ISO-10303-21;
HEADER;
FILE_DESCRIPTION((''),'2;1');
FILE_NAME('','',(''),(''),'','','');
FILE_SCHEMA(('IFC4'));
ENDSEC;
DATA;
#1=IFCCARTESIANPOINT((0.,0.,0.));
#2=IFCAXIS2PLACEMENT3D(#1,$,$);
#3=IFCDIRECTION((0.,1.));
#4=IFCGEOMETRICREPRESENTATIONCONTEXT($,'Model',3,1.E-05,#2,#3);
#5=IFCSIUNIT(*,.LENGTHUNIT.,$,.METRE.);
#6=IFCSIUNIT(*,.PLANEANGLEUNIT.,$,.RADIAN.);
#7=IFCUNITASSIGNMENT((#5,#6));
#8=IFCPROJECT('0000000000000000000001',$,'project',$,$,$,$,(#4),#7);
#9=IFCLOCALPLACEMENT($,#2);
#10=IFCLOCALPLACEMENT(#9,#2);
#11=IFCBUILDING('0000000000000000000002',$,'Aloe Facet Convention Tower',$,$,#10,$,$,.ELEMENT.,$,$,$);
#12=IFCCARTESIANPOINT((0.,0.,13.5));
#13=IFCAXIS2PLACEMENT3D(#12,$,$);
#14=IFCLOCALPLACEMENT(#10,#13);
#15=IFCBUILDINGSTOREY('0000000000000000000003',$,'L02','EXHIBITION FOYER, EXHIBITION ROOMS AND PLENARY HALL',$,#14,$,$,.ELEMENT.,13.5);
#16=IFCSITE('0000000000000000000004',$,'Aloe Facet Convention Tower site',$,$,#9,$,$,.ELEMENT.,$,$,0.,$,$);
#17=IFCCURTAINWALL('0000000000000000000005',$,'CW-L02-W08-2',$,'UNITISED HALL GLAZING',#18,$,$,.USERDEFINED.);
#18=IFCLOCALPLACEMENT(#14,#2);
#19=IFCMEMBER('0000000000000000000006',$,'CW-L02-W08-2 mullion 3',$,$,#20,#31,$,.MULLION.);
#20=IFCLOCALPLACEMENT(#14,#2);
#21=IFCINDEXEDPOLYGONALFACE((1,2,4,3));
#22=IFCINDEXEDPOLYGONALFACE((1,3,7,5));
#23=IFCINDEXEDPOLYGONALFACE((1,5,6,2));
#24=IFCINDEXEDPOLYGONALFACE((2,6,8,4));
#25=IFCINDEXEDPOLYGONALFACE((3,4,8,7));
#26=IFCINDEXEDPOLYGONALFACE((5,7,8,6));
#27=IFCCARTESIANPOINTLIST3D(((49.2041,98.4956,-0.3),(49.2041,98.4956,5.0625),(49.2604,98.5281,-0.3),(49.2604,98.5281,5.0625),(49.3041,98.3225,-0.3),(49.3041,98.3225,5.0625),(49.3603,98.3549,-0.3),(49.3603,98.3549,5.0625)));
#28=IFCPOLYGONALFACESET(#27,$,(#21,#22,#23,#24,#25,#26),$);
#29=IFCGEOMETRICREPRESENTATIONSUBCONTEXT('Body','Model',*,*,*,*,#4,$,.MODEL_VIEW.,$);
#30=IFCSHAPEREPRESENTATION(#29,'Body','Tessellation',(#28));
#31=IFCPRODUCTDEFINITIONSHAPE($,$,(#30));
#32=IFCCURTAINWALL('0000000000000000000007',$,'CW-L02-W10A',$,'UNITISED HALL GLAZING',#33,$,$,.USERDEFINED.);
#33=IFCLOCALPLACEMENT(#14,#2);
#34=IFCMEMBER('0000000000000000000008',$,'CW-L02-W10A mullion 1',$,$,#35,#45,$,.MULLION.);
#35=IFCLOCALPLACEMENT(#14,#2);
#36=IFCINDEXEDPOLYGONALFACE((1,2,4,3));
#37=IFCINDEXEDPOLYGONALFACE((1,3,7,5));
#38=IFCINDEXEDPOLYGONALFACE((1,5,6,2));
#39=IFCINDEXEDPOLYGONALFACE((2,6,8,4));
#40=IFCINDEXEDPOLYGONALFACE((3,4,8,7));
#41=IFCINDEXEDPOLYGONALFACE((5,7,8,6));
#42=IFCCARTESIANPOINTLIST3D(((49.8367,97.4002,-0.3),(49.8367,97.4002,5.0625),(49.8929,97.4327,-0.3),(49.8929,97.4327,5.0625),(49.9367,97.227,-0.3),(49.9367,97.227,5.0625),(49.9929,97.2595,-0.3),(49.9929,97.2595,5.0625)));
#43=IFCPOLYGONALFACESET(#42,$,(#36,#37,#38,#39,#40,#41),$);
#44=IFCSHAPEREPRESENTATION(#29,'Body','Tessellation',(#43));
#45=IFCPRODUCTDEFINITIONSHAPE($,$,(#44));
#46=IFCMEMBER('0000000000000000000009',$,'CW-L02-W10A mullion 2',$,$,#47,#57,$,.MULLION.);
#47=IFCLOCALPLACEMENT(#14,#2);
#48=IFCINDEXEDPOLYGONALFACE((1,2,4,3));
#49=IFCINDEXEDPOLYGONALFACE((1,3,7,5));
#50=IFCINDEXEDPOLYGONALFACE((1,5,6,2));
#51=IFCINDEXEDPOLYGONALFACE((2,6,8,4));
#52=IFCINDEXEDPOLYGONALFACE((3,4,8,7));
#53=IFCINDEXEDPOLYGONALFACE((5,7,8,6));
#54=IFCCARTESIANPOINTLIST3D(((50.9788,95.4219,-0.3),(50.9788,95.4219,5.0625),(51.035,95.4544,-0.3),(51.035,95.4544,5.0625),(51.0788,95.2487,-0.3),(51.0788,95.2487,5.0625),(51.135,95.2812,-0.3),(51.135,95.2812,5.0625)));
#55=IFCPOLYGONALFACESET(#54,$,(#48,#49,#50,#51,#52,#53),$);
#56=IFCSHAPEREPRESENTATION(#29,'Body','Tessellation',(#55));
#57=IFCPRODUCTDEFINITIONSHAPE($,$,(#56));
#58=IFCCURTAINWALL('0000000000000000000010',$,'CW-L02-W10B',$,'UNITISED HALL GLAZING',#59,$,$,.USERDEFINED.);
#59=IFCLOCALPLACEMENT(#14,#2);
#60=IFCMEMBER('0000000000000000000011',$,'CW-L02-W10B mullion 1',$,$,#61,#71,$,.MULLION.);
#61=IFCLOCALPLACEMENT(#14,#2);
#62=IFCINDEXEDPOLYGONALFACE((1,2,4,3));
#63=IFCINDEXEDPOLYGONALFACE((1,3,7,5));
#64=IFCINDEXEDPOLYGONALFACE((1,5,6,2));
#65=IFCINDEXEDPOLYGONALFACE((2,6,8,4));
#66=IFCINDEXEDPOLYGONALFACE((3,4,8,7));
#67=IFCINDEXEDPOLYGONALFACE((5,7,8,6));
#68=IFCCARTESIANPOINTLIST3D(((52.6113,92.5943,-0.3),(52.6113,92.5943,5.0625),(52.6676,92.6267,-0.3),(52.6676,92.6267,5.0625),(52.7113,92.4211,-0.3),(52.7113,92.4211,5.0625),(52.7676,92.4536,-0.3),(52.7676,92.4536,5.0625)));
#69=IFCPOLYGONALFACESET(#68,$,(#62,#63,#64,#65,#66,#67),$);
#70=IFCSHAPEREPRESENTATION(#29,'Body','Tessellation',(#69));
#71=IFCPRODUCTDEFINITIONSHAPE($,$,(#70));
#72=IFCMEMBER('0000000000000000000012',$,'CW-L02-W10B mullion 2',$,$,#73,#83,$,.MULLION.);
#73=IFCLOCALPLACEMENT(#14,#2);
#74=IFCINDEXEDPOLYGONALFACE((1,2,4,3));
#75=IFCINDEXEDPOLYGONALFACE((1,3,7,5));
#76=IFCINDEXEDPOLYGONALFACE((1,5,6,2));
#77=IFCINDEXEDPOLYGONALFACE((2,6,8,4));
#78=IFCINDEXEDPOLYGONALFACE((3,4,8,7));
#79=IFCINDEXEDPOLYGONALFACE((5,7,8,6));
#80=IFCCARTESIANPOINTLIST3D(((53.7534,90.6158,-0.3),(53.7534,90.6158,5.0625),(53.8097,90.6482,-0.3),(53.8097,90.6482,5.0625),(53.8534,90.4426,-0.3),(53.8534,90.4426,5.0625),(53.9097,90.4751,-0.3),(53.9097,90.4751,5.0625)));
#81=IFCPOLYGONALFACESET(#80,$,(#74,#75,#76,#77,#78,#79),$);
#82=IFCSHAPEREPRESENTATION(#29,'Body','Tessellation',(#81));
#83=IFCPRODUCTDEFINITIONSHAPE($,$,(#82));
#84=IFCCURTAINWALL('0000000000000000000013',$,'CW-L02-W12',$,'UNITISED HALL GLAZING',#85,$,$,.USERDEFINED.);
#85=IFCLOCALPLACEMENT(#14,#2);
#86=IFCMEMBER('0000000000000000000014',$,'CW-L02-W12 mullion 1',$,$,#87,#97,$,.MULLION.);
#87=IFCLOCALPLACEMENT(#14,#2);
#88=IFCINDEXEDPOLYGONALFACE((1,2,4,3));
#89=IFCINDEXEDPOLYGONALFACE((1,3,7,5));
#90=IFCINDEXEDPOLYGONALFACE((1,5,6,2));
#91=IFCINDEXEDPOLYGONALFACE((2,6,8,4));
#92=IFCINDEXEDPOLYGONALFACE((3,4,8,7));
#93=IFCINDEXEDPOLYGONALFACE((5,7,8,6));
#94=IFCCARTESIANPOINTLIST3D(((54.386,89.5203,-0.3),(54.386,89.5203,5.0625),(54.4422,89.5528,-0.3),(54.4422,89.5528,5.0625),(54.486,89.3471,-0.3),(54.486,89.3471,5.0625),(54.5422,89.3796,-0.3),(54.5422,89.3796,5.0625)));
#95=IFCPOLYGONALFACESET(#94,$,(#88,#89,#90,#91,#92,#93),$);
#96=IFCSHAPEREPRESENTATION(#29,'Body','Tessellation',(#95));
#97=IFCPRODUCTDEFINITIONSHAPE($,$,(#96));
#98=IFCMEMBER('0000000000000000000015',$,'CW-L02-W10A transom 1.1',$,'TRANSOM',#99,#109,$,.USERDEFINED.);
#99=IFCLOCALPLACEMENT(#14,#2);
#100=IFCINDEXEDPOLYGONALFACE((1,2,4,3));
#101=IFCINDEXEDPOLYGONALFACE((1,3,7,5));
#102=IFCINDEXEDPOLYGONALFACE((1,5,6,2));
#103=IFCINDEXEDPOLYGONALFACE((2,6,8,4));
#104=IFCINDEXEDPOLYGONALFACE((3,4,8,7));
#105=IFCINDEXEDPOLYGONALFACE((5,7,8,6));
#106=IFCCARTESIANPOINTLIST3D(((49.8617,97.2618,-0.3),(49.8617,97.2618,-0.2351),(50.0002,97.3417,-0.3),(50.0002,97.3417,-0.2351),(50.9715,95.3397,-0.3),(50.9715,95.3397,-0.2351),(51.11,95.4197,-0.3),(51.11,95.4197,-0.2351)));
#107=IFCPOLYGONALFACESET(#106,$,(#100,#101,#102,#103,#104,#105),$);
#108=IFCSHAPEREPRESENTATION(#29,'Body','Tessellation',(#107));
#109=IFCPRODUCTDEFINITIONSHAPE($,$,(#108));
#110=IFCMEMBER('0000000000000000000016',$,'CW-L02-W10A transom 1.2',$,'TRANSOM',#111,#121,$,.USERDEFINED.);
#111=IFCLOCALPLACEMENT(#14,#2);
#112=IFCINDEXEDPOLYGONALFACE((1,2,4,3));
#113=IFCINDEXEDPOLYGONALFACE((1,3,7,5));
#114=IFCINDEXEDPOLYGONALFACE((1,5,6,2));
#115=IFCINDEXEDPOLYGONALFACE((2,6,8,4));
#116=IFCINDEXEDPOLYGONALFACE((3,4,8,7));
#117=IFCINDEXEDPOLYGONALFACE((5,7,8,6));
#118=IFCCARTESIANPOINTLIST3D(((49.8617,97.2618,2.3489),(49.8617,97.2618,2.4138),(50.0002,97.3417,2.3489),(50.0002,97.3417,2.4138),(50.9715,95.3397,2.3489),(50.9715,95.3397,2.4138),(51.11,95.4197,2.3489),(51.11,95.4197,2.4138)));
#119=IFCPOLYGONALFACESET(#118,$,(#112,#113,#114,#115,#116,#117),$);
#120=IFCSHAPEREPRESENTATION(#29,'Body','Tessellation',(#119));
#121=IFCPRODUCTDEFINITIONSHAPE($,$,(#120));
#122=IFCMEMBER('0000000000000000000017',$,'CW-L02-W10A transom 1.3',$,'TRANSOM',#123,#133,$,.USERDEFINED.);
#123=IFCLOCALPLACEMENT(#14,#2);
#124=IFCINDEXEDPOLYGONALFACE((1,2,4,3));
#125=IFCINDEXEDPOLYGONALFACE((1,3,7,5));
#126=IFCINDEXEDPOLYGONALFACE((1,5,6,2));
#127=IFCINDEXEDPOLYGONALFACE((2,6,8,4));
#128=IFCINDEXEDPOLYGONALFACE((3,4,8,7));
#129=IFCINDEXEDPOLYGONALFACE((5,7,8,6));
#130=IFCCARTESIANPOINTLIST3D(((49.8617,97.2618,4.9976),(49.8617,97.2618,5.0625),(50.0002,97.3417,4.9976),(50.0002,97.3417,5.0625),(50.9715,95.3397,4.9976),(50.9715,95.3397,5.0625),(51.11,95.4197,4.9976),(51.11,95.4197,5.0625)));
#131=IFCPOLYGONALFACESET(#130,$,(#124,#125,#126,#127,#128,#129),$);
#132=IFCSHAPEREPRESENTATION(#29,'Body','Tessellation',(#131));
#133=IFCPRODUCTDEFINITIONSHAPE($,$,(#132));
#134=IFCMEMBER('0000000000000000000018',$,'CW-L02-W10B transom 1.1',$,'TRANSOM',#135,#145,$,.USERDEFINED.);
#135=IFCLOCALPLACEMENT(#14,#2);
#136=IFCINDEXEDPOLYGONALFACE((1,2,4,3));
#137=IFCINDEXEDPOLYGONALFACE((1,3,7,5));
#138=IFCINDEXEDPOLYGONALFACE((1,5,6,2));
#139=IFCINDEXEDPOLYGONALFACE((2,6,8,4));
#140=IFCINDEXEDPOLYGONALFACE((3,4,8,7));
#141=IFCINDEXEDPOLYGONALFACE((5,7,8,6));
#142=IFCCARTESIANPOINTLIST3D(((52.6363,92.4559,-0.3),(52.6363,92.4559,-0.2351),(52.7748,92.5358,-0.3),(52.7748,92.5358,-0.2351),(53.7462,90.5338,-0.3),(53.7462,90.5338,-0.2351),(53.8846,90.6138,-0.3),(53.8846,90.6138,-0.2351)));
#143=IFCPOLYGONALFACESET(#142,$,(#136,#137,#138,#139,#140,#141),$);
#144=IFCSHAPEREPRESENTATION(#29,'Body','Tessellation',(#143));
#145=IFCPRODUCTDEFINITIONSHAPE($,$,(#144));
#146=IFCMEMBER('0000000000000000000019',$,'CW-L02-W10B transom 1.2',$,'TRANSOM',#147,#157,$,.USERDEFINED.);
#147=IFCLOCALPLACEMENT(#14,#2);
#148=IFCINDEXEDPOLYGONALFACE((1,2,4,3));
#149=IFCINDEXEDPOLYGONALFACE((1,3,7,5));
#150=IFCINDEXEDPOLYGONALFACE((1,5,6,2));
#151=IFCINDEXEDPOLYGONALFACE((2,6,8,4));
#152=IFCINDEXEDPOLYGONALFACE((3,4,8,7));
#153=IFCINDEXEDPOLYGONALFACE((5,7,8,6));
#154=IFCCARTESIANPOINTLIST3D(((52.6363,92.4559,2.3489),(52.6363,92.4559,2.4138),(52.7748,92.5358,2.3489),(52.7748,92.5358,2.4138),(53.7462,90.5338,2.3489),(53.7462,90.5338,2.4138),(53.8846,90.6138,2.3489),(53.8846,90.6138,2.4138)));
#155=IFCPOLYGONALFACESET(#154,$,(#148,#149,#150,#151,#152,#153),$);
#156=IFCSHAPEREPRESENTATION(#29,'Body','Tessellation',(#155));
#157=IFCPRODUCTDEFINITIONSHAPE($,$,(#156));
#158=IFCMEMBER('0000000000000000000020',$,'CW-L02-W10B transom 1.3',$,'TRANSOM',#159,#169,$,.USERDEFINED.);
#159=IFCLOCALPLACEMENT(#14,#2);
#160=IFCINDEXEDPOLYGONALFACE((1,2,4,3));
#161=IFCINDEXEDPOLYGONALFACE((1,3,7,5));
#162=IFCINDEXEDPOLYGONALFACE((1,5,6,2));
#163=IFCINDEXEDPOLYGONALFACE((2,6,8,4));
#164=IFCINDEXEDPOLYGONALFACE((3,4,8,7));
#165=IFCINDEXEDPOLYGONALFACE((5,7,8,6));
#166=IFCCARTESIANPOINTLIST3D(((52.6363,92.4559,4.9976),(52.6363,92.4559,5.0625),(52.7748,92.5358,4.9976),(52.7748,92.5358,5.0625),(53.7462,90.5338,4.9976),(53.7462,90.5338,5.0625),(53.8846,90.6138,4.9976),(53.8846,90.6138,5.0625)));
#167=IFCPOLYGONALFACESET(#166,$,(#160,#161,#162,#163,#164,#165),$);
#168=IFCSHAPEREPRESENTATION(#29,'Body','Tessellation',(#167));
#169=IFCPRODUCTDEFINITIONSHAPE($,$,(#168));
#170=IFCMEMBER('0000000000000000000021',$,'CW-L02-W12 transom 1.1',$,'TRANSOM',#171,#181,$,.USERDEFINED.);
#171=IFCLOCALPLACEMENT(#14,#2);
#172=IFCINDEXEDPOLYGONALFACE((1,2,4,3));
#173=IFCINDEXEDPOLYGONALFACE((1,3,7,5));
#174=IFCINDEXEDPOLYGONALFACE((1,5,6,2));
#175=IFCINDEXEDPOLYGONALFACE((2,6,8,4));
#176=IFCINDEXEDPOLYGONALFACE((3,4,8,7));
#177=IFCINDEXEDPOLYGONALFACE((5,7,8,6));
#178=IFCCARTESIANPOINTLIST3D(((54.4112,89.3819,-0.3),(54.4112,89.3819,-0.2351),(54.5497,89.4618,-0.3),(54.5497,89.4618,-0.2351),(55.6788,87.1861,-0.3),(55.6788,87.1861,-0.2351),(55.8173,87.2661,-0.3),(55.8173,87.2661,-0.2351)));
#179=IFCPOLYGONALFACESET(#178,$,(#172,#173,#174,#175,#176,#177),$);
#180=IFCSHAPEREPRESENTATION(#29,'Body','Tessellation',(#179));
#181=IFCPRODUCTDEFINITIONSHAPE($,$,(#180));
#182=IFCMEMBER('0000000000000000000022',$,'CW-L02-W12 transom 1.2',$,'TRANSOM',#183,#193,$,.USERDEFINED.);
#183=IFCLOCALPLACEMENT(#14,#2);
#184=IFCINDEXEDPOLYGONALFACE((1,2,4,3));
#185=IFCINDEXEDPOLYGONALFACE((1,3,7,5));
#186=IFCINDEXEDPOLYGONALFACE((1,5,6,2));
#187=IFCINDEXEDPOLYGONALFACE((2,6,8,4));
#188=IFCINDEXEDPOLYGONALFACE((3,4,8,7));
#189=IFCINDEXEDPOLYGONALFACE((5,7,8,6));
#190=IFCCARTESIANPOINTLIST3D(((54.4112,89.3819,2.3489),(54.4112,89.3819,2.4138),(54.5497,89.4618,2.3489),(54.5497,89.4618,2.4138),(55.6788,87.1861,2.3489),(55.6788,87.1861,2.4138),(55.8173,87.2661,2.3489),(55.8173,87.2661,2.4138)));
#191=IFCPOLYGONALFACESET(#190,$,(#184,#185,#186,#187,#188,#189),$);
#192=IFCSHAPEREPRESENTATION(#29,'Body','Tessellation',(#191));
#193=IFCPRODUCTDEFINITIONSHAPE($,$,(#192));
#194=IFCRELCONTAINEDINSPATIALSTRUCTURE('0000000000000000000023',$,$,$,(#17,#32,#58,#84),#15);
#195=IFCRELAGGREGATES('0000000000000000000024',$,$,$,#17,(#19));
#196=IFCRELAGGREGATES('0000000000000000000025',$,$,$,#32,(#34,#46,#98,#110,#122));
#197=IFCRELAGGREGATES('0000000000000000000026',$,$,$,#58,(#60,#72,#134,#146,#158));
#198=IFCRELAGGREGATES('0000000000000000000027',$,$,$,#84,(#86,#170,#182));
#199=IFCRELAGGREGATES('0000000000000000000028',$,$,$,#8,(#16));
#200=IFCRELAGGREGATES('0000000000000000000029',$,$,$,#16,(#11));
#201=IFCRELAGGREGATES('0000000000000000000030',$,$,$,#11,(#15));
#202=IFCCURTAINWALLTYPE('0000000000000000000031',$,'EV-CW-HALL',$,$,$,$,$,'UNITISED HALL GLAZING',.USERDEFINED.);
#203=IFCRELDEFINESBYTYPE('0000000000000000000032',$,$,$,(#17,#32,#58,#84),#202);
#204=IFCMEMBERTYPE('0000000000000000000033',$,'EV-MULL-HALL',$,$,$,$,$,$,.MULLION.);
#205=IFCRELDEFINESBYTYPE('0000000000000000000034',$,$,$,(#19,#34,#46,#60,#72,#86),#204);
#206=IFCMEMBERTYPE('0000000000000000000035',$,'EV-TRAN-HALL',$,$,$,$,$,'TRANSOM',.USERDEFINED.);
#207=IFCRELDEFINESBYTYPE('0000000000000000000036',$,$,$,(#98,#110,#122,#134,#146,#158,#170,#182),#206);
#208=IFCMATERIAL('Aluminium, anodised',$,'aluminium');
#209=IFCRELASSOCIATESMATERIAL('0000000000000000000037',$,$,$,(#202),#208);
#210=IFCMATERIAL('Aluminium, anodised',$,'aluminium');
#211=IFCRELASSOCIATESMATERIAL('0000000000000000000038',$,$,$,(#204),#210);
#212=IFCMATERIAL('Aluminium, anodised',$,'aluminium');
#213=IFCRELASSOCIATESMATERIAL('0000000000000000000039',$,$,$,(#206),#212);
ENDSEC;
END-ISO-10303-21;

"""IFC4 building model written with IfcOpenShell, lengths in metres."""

from ifc_helpers import new_model, si_unit, direction, frame, origin, origin_2d, place, context, subcontext, project, spatial, rectangle, extrude, material, material_profile, profile_set, type_object, element, aggregate, save


model = new_model("IFC4")

# Units and contexts
model_context = context("Model", 3, precision=1e-05, world=origin(), true_north=direction((0.0, 1.0)))
body_context = subcontext(model_context, "Body", "Model", "MODEL_VIEW")
ifc_project = project(units=[si_unit("LENGTHUNIT", "METRE"), si_unit("PLANEANGLEUNIT", "RADIAN")], contexts=[model_context])

# Site, building, storey
site_placement = place(None, origin())
site = spatial("IfcSite", under=ifc_project, at=site_placement, Name="Aloe Facet Convention Tower site", CompositionType="ELEMENT", RefElevation=0.0)
building_placement = place(site_placement, origin())
building = spatial("IfcBuilding", under=site, at=building_placement, Name="Aloe Facet Convention Tower", CompositionType="ELEMENT")
storey_placement = place(building_placement, frame((0.0, 0.0, 13.5)))
storey = spatial("IfcBuildingStorey", under=building, at=storey_placement, Name="L02", Description="EXHIBITION FOYER, EXHIBITION ROOMS AND PLENARY HALL", CompositionType="ELEMENT", Elevation=13.5)

# Curtain wall, member
ifc_material_1 = material(Name="Aluminium, anodised", Category="aluminium")
curtain_wall_type = type_object("IfcCurtainWallType", Name="EV-CW-HALL", ElementType="UNITISED HALL GLAZING", PredefinedType="USERDEFINED", material=ifc_material_1)
curtain_wall_1_placement = place(storey_placement, origin())
curtain_wall_1 = element("IfcCurtainWall", 1, at=curtain_wall_1_placement, inside=storey, type_object=curtain_wall_type, Name="CW-L02-W08-2", ObjectType="UNITISED HALL GLAZING", PredefinedType="USERDEFINED")
ifc_material_2 = material(Name="Aluminium, anodised", Category="aluminium")
ifc_material_profile_1 = material_profile(ifc_material_2, rectangle(XDim=0.0649, YDim=0.2, at=origin_2d()), Name="AL 65x200")
ifc_profile_set_1 = profile_set([ifc_material_profile_1], Name="Aluminium, anodised")
member_type_1 = type_object("IfcMemberType", Name="EV-MULL-HALL", PredefinedType="MULLION", material=ifc_profile_set_1)
member_1_placement = place(storey_placement, frame((49.2822, 98.4253, -0.3), z_axis=(0.0, 0.0, 1.0), x_axis=(0.866025, 0.5, 0.0)))
member_1 = element("IfcMember", 2, at=member_1_placement, type_object=member_type_1, Name="CW-L02-W08-2 mullion 3", PredefinedType="MULLION", context=body_context, shape_type="SweptSolid", body=[
    extrude(rectangle(XDim=0.0649, YDim=0.2, at=origin_2d()), origin(), (0.0, 0.0, 1.0), 5.3625),
])
aggregate(curtain_wall_1, [member_1])

# Curtain walls, members
curtain_wall_2_placement = place(storey_placement, origin())
curtain_wall_2 = element("IfcCurtainWall", 3, at=curtain_wall_2_placement, inside=storey, type_object=curtain_wall_type, Name="CW-L02-W10A", ObjectType="UNITISED HALL GLAZING", PredefinedType="USERDEFINED")
member_2_placement = place(storey_placement, frame((49.9148, 97.3298, -0.3), z_axis=(0.0, 0.0, 1.0), x_axis=(0.866025, 0.5, 0.0)))
member_2 = element("IfcMember", 4, at=member_2_placement, type_object=member_type_1, Name="CW-L02-W10A mullion 1", PredefinedType="MULLION", context=body_context, shape_type="SweptSolid", body=[
    extrude(rectangle(XDim=0.0649, YDim=0.2, at=origin_2d()), origin(), (0.0, 0.0, 1.0), 5.3625),
])
member_3_placement = place(storey_placement, frame((51.0569, 95.3516, -0.3), z_axis=(0.0, 0.0, 1.0), x_axis=(0.866025, 0.5, 0.0)))
member_3 = element("IfcMember", 5, at=member_3_placement, type_object=member_type_1, Name="CW-L02-W10A mullion 2", PredefinedType="MULLION", context=body_context, shape_type="SweptSolid", body=[
    extrude(rectangle(XDim=0.0649, YDim=0.2, at=origin_2d()), origin(), (0.0, 0.0, 1.0), 5.3625),
])
curtain_wall_3_placement = place(storey_placement, origin())
curtain_wall_3 = element("IfcCurtainWall", 6, at=curtain_wall_3_placement, inside=storey, type_object=curtain_wall_type, Name="CW-L02-W10B", ObjectType="UNITISED HALL GLAZING", PredefinedType="USERDEFINED")
member_4_placement = place(storey_placement, frame((52.6895, 92.5239, -0.3), z_axis=(0.0, 0.0, 1.0), x_axis=(0.866025, 0.5, 0.0)))
member_4 = element("IfcMember", 7, at=member_4_placement, type_object=member_type_1, Name="CW-L02-W10B mullion 1", PredefinedType="MULLION", context=body_context, shape_type="SweptSolid", body=[
    extrude(rectangle(XDim=0.0649, YDim=0.2, at=origin_2d()), origin(), (0.0, 0.0, 1.0), 5.3625),
])
member_5_placement = place(storey_placement, frame((53.8315, 90.5454, -0.3), z_axis=(0.0, 0.0, 1.0), x_axis=(0.866025, 0.5, 0.0)))
member_5 = element("IfcMember", 8, at=member_5_placement, type_object=member_type_1, Name="CW-L02-W10B mullion 2", PredefinedType="MULLION", context=body_context, shape_type="SweptSolid", body=[
    extrude(rectangle(XDim=0.0649, YDim=0.2, at=origin_2d()), origin(), (0.0, 0.0, 1.0), 5.3625),
])

# Curtain wall, member
curtain_wall_4_placement = place(storey_placement, origin())
curtain_wall_4 = element("IfcCurtainWall", 9, at=curtain_wall_4_placement, inside=storey, type_object=curtain_wall_type, Name="CW-L02-W12", ObjectType="UNITISED HALL GLAZING", PredefinedType="USERDEFINED")
member_6_placement = place(storey_placement, frame((54.4641, 89.45, -0.3), z_axis=(0.0, 0.0, 1.0), x_axis=(0.866025, 0.5, 0.0)))
member_6 = element("IfcMember", 10, at=member_6_placement, type_object=member_type_1, Name="CW-L02-W12 mullion 1", PredefinedType="MULLION", context=body_context, shape_type="SweptSolid", body=[
    extrude(rectangle(XDim=0.0649, YDim=0.2, at=origin_2d()), origin(), (0.0, 0.0, 1.0), 5.3625),
])

# Members
ifc_material_3 = material(Name="Aluminium, anodised", Category="aluminium")
ifc_material_profile_2 = material_profile(ifc_material_3, rectangle(XDim=0.1599, YDim=0.0649, at=origin_2d()), Name="AL 160x65")
ifc_profile_set_2 = profile_set([ifc_material_profile_2], Name="Aluminium, anodised")
member_type_2 = type_object("IfcMemberType", Name="EV-TRAN-HALL", ElementType="TRANSOM", PredefinedType="USERDEFINED", material=ifc_profile_set_2)
member_7_placement = place(storey_placement, frame((49.9309, 97.3018, -0.2676), z_axis=(0.500043, -0.866001, 0.0), x_axis=(0.866001, 0.500043, 0.0)))
member_7 = element("IfcMember", 11, at=member_7_placement, type_object=member_type_2, Name="CW-L02-W10A transom 1.1", ObjectType="TRANSOM", PredefinedType="USERDEFINED", context=body_context, shape_type="SweptSolid", body=[
    extrude(rectangle(XDim=0.1599, YDim=0.0649, at=origin_2d()), origin(), (0.0, 0.0, 1.0), 2.2195),
])
member_8_placement = place(storey_placement, frame((49.9309, 97.3018, 2.3813), z_axis=(0.500043, -0.866001, 0.0), x_axis=(0.866001, 0.500043, 0.0)))
member_8 = element("IfcMember", 12, at=member_8_placement, type_object=member_type_2, Name="CW-L02-W10A transom 1.2", ObjectType="TRANSOM", PredefinedType="USERDEFINED", context=body_context, shape_type="SweptSolid", body=[
    extrude(rectangle(XDim=0.1599, YDim=0.0649, at=origin_2d()), origin(), (0.0, 0.0, 1.0), 2.2195),
])
member_9_placement = place(storey_placement, frame((49.9309, 97.3018, 5.03), z_axis=(0.500043, -0.866001, 0.0), x_axis=(0.866001, 0.500043, 0.0)))
member_9 = element("IfcMember", 13, at=member_9_placement, type_object=member_type_2, Name="CW-L02-W10A transom 1.3", ObjectType="TRANSOM", PredefinedType="USERDEFINED", context=body_context, shape_type="SweptSolid", body=[
    extrude(rectangle(XDim=0.1599, YDim=0.0649, at=origin_2d()), origin(), (0.0, 0.0, 1.0), 2.2195),
])
member_10_placement = place(storey_placement, frame((52.7056, 92.4958, -0.2676), z_axis=(0.500043, -0.866001, 0.0), x_axis=(0.866001, 0.500043, 0.0)))
member_10 = element("IfcMember", 14, at=member_10_placement, type_object=member_type_2, Name="CW-L02-W10B transom 1.1", ObjectType="TRANSOM", PredefinedType="USERDEFINED", context=body_context, shape_type="SweptSolid", body=[
    extrude(rectangle(XDim=0.1599, YDim=0.0649, at=origin_2d()), origin(), (0.0, 0.0, 1.0), 2.2195),
])
member_11_placement = place(storey_placement, frame((52.7056, 92.4958, 2.3813), z_axis=(0.500043, -0.866001, 0.0), x_axis=(0.866001, 0.500043, 0.0)))
member_11 = element("IfcMember", 15, at=member_11_placement, type_object=member_type_2, Name="CW-L02-W10B transom 1.2", ObjectType="TRANSOM", PredefinedType="USERDEFINED", context=body_context, shape_type="SweptSolid", body=[
    extrude(rectangle(XDim=0.1599, YDim=0.0649, at=origin_2d()), origin(), (0.0, 0.0, 1.0), 2.2195),
])
member_12_placement = place(storey_placement, frame((52.7056, 92.4958, 5.03), z_axis=(0.500043, -0.866001, 0.0), x_axis=(0.866001, 0.500043, 0.0)))
member_12 = element("IfcMember", 16, at=member_12_placement, type_object=member_type_2, Name="CW-L02-W10B transom 1.3", ObjectType="TRANSOM", PredefinedType="USERDEFINED", context=body_context, shape_type="SweptSolid", body=[
    extrude(rectangle(XDim=0.1599, YDim=0.0649, at=origin_2d()), origin(), (0.0, 0.0, 1.0), 2.2195),
])
member_13_placement = place(storey_placement, frame((54.4805, 89.4219, -0.2676), z_axis=(0.49995, -0.866054, 0.0), x_axis=(0.866054, 0.49995, 0.0)))
member_13 = element("IfcMember", 17, at=member_13_placement, type_object=member_type_2, Name="CW-L02-W12 transom 1.1", ObjectType="TRANSOM", PredefinedType="USERDEFINED", context=body_context, shape_type="SweptSolid", body=[
    extrude(rectangle(XDim=0.1599, YDim=0.0649, at=origin_2d()), origin(), (0.0, 0.0, 1.0), 2.5354),
])
member_14_placement = place(storey_placement, frame((54.4805, 89.4219, 2.3813), z_axis=(0.49995, -0.866054, 0.0), x_axis=(0.866054, 0.49995, 0.0)))
member_14 = element("IfcMember", 18, at=member_14_placement, type_object=member_type_2, Name="CW-L02-W12 transom 1.2", ObjectType="TRANSOM", PredefinedType="USERDEFINED", context=body_context, shape_type="SweptSolid", body=[
    extrude(rectangle(XDim=0.1599, YDim=0.0649, at=origin_2d()), origin(), (0.0, 0.0, 1.0), 2.5354),
])

aggregate(curtain_wall_2, [member_2, member_3, member_7, member_8, member_9])
aggregate(curtain_wall_3, [member_4, member_5, member_10, member_11, member_12])
aggregate(curtain_wall_4, [member_6, member_13, member_14])

save(model, "model.ifc")
